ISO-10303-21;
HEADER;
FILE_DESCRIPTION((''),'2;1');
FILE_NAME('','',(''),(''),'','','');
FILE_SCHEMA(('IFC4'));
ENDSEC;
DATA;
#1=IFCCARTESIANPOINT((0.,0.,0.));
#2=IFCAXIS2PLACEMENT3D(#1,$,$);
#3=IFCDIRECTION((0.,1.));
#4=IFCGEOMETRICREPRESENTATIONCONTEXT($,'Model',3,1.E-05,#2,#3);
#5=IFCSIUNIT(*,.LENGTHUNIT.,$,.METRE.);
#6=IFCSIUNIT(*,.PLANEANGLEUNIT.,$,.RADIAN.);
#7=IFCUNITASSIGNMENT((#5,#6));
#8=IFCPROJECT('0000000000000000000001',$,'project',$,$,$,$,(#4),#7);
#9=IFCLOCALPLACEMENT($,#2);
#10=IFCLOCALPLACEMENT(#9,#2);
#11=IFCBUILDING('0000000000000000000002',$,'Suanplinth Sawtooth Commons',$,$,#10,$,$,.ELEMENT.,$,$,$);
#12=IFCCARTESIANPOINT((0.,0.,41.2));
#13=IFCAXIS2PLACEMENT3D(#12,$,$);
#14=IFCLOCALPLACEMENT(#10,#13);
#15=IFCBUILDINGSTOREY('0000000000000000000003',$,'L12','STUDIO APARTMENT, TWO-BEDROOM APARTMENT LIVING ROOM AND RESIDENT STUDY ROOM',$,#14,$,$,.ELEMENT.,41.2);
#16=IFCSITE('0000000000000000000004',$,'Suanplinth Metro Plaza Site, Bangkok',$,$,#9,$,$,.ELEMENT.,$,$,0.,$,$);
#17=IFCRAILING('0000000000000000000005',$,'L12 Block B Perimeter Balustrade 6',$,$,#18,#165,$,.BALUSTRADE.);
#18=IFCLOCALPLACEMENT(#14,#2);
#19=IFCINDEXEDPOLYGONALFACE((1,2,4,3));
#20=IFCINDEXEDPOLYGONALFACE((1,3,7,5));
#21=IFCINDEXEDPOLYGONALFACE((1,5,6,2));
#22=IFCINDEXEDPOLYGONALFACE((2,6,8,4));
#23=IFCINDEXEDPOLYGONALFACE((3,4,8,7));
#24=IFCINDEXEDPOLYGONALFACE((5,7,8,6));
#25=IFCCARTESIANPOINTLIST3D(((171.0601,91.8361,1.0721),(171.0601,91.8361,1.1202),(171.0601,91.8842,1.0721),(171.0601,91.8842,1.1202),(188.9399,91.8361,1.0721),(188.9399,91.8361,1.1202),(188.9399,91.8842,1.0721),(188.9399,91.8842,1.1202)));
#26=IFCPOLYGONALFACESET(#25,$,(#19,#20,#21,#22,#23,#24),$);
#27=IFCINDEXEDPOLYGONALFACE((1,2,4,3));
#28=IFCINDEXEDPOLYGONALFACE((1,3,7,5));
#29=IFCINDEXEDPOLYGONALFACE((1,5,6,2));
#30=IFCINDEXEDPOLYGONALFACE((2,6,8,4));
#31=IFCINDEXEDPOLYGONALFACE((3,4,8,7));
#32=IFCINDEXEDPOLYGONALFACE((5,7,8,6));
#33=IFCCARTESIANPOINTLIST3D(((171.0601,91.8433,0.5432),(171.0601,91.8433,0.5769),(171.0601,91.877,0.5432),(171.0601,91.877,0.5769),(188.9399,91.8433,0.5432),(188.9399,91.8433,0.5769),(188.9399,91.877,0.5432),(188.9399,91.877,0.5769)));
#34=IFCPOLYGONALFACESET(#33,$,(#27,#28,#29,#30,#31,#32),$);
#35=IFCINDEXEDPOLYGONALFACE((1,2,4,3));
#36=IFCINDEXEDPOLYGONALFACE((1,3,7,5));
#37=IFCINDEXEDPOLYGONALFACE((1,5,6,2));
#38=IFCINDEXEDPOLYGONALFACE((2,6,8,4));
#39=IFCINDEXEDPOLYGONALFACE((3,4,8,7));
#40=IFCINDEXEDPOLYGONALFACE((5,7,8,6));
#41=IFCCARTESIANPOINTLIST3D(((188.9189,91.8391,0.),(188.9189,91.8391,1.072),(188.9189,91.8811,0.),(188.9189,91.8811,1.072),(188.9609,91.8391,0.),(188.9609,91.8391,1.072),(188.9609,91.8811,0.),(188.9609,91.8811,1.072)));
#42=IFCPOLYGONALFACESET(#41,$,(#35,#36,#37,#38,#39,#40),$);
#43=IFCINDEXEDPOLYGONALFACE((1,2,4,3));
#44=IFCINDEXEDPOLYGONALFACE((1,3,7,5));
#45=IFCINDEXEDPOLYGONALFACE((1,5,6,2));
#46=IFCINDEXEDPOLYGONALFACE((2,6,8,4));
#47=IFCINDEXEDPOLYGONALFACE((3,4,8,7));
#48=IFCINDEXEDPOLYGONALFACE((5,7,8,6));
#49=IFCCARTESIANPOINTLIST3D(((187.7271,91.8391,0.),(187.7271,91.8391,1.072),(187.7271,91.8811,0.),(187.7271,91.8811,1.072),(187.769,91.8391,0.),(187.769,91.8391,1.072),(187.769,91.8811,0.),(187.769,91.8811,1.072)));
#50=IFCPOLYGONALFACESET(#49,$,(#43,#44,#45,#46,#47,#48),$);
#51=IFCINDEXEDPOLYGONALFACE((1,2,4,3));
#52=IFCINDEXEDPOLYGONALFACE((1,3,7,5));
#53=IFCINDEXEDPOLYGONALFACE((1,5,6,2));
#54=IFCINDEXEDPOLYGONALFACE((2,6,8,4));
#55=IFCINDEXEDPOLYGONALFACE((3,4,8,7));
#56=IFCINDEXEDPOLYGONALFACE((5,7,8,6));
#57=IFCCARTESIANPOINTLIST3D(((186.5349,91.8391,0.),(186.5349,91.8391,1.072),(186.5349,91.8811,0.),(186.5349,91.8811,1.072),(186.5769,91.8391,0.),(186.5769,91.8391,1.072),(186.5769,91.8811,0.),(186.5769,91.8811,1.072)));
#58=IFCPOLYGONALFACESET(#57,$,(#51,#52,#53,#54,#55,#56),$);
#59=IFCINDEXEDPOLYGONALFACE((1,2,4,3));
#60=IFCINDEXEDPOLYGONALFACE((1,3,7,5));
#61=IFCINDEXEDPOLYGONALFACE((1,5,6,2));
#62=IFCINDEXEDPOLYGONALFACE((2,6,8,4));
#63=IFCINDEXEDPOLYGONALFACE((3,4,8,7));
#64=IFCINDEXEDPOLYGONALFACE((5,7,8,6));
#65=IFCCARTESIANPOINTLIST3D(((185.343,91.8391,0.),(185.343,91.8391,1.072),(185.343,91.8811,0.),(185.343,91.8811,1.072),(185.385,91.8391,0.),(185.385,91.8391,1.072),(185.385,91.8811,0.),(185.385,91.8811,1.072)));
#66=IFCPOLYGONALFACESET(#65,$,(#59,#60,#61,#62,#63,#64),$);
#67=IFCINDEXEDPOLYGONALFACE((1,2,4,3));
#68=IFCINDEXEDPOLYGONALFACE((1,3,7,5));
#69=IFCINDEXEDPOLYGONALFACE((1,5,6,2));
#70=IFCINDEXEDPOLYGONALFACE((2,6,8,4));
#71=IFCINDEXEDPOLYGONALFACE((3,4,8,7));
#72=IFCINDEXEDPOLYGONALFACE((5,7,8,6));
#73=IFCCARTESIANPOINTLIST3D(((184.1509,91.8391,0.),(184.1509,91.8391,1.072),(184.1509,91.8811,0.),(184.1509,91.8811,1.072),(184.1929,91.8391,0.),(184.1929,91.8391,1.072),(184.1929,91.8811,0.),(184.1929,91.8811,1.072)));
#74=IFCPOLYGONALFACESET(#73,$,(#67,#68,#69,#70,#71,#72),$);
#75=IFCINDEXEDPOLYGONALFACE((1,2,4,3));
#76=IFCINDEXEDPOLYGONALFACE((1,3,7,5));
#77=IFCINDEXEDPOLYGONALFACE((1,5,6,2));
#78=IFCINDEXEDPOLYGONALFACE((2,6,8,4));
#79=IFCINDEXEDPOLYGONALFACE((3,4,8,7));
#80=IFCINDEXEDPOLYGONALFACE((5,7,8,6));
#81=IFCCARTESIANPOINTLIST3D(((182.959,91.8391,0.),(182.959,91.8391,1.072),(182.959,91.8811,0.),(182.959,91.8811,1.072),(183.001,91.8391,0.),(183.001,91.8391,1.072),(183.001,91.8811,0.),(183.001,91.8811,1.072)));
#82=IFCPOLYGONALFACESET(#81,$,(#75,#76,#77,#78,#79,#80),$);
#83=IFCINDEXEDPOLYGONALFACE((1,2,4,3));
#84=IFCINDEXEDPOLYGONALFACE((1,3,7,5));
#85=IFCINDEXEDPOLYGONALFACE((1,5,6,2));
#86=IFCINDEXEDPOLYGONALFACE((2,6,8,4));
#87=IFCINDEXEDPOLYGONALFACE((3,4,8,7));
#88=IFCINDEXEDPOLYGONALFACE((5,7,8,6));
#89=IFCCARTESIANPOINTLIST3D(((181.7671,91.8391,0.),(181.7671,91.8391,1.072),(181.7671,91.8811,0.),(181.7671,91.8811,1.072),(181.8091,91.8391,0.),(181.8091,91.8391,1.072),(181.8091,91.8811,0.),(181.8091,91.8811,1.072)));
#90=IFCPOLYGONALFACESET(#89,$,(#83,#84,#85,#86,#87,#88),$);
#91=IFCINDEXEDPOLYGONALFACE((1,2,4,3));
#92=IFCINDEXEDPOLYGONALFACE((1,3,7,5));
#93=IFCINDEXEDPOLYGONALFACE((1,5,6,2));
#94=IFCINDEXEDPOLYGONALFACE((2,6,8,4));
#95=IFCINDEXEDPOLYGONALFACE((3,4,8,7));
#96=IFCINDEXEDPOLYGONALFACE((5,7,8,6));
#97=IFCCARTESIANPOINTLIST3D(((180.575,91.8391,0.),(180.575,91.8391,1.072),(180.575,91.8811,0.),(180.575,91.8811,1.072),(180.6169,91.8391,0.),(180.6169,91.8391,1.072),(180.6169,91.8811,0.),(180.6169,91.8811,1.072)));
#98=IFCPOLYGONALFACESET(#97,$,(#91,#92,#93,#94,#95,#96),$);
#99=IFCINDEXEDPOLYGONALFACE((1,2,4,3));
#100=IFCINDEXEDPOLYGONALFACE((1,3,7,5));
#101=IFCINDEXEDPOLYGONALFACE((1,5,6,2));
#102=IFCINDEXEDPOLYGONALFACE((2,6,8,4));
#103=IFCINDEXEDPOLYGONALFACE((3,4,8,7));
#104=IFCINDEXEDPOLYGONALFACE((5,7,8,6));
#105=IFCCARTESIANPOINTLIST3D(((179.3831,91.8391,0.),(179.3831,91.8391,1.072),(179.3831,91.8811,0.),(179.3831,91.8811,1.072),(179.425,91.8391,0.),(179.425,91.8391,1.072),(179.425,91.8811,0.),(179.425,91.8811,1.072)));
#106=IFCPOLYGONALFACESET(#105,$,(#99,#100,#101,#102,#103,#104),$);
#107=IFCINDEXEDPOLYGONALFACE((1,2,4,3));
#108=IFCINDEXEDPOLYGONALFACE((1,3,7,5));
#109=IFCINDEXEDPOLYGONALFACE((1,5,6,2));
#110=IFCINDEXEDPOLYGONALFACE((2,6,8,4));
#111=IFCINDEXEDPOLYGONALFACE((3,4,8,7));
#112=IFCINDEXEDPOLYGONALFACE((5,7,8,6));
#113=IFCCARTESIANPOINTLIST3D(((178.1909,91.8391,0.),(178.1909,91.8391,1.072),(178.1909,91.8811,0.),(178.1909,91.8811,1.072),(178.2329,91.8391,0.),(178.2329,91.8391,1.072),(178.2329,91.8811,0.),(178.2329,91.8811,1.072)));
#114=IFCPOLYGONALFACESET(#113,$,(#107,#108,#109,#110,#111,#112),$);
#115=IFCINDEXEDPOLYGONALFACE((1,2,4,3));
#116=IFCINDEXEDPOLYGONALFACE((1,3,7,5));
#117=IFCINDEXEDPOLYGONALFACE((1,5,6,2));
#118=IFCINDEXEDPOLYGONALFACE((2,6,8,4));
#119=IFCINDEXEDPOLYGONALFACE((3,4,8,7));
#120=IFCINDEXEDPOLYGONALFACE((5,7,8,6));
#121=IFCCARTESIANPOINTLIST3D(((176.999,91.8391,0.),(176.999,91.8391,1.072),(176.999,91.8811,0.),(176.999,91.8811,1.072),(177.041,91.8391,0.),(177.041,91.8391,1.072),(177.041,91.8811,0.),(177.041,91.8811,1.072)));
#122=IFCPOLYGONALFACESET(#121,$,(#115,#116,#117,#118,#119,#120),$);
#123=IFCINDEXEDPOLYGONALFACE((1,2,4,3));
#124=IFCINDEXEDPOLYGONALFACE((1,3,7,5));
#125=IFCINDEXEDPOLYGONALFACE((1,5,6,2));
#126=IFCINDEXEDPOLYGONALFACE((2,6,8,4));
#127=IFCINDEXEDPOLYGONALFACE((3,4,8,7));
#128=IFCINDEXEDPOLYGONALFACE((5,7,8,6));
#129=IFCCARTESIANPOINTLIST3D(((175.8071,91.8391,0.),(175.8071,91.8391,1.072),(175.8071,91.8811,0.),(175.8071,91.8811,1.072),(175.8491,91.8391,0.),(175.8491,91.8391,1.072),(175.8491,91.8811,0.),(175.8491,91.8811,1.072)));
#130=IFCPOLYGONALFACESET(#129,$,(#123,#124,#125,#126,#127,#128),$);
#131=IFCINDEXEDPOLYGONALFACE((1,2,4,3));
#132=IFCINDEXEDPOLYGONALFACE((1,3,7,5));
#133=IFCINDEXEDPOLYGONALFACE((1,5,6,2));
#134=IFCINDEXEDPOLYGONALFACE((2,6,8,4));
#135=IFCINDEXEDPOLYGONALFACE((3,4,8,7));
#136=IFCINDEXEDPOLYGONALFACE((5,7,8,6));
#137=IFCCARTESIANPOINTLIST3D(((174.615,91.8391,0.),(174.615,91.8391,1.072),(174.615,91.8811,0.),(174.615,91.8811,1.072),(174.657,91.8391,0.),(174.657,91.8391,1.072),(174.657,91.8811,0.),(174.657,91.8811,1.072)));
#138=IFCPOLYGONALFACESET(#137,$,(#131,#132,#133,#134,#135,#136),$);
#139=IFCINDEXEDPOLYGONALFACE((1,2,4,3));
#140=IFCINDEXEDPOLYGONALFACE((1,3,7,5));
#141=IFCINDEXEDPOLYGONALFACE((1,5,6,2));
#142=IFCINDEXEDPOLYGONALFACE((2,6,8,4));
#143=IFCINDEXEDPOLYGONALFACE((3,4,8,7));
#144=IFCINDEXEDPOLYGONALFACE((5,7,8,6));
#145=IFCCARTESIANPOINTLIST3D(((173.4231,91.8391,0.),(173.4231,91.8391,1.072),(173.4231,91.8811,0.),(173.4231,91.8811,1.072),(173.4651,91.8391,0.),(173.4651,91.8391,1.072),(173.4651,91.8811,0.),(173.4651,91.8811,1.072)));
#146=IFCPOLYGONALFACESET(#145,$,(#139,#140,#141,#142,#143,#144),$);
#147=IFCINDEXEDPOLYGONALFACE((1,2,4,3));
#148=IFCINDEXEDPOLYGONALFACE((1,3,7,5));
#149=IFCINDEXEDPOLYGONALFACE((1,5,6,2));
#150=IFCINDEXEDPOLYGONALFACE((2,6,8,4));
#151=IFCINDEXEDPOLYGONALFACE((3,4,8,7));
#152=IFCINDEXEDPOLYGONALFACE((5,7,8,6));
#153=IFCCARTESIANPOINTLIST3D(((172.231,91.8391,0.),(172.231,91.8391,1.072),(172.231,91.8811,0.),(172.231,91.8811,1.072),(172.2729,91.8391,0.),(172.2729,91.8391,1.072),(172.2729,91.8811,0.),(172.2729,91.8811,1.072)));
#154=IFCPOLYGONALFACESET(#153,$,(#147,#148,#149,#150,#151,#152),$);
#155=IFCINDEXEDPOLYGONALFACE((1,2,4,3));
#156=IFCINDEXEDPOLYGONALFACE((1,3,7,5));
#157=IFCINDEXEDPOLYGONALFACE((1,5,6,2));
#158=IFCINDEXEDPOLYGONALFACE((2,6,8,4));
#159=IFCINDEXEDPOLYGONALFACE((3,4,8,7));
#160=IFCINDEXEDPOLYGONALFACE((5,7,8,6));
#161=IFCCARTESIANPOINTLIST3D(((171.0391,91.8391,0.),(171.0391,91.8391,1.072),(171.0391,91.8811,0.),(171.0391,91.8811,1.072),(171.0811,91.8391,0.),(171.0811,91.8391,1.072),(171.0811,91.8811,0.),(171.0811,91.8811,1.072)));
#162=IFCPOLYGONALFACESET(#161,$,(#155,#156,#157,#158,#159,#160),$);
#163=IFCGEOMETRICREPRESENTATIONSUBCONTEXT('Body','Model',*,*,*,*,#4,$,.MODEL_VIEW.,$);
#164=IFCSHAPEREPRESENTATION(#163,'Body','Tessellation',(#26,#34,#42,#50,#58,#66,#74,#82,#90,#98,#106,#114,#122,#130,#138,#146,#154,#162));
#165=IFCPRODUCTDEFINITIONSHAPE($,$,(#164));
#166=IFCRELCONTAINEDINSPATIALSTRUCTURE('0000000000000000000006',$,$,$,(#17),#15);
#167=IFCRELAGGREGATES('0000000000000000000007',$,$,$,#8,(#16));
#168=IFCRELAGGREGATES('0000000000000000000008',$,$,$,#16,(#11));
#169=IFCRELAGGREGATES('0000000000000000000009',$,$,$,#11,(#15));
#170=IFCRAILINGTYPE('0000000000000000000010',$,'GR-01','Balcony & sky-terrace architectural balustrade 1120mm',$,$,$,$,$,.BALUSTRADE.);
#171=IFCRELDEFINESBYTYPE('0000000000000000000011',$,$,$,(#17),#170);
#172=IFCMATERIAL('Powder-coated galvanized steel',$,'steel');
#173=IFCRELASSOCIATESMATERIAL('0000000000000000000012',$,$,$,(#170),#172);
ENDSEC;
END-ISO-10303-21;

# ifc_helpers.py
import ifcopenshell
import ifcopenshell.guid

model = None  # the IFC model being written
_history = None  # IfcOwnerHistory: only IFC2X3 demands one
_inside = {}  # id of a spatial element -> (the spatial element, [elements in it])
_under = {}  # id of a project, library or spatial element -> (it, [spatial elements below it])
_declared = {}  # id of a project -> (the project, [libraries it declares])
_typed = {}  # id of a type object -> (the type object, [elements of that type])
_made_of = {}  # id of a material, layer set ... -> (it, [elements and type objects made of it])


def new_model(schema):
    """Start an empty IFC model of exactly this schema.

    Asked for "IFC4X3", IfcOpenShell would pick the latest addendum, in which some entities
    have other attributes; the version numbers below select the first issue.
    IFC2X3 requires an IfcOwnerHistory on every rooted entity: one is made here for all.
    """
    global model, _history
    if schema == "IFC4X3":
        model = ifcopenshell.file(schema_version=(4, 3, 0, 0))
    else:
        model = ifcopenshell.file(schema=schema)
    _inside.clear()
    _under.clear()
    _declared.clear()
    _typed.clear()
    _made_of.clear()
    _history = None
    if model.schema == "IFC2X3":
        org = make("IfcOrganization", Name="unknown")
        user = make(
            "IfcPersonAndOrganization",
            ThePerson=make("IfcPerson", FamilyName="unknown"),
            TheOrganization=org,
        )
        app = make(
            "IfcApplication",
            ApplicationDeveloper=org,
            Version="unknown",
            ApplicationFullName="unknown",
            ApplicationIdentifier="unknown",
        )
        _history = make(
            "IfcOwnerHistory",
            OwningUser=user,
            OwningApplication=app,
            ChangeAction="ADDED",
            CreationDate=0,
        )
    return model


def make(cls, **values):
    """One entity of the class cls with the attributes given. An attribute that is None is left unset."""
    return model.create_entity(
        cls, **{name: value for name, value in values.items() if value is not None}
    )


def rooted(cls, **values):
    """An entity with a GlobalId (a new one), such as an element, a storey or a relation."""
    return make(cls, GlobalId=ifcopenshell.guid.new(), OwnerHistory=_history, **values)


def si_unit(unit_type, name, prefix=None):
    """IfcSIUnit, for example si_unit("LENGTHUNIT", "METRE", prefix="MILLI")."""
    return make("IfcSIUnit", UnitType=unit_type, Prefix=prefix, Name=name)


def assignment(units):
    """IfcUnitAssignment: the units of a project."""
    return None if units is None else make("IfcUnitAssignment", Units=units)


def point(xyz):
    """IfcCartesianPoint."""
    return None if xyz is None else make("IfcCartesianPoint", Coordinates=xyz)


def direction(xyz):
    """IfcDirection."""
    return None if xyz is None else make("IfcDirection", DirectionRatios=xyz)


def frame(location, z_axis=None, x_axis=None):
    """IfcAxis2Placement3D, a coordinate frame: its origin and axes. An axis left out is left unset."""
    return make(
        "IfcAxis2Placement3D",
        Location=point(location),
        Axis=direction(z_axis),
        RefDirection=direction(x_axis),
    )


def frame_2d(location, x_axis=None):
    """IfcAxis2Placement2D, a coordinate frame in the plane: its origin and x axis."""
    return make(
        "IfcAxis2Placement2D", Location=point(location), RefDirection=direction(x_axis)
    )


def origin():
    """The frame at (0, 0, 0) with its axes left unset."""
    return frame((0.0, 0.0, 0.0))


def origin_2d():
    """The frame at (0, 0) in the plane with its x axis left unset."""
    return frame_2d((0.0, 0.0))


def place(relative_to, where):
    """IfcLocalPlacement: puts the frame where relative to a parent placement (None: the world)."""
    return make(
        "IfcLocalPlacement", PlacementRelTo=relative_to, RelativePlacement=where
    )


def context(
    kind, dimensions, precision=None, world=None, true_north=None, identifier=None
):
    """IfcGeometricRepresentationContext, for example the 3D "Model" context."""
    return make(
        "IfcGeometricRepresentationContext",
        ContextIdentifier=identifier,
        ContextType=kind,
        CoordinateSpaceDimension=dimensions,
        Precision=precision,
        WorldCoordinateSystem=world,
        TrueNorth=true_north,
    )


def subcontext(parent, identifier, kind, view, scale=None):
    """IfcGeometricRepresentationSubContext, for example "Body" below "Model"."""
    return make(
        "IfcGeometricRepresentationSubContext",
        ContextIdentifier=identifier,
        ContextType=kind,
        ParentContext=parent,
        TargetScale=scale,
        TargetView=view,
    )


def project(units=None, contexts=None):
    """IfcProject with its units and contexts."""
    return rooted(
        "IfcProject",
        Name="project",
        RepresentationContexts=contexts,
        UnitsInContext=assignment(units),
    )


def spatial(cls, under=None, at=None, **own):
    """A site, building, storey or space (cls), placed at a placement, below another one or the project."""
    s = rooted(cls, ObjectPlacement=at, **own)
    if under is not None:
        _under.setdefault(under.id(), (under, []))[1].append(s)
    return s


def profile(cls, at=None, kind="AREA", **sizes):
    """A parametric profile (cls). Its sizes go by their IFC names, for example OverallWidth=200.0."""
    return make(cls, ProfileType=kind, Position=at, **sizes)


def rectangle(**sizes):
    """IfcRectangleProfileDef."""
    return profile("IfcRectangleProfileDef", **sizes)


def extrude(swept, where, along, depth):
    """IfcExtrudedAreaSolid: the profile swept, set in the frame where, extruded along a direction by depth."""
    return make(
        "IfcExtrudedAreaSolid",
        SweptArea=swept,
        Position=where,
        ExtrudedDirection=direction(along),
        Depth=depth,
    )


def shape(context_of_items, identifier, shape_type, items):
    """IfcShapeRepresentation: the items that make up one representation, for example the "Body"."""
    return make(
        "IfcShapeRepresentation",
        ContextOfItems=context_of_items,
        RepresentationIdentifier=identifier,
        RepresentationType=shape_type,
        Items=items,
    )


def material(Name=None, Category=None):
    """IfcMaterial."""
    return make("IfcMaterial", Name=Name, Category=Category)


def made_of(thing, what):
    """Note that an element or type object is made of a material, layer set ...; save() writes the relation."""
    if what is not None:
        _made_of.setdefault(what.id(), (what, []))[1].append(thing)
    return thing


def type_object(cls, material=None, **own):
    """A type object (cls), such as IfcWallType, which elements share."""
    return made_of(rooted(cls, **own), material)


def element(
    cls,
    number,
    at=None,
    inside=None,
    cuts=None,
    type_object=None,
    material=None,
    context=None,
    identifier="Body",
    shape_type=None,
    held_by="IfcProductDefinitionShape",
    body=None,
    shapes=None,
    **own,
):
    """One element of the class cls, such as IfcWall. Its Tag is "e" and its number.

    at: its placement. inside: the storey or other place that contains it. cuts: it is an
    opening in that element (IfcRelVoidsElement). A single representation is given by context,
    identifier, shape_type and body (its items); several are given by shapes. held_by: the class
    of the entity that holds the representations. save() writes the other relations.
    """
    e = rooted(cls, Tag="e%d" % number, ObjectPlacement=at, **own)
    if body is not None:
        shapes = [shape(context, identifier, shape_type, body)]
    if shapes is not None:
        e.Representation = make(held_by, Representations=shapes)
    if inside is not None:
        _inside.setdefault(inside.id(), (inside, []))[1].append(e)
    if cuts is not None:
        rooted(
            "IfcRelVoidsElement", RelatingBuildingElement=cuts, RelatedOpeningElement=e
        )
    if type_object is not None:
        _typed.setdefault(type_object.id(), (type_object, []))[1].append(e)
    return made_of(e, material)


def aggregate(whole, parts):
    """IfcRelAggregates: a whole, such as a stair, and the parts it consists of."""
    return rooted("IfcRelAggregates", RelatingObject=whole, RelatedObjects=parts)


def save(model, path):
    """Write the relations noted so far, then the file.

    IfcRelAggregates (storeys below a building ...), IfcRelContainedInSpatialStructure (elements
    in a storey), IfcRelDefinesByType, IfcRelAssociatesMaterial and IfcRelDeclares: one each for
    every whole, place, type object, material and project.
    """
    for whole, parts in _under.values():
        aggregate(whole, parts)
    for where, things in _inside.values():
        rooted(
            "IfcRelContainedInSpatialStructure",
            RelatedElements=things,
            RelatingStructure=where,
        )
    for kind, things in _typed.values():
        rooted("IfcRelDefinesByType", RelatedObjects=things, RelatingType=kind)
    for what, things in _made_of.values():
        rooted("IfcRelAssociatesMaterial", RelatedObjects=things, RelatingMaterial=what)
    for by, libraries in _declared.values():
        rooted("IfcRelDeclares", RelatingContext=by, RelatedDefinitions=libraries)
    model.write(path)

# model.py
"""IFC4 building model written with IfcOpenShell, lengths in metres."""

from ifc_helpers import new_model, si_unit, direction, frame, origin, origin_2d, place, context, subcontext, project, spatial, rectangle, extrude, material, type_object, element, save


model = new_model("IFC4")

# Units and contexts
model_context = context("Model", 3, precision=1e-05, world=origin(), true_north=direction((0.0, 1.0)))
body_context = subcontext(model_context, "Body", "Model", "MODEL_VIEW")
ifc_project = project(units=[si_unit("LENGTHUNIT", "METRE"), si_unit("PLANEANGLEUNIT", "RADIAN")], contexts=[model_context])

# Site, building, storey
site_placement = place(None, origin())
site = spatial("IfcSite", under=ifc_project, at=site_placement, Name="Suanplinth Metro Plaza Site, Bangkok", CompositionType="ELEMENT", RefElevation=0.0)
building_placement = place(site_placement, origin())
building = spatial("IfcBuilding", under=site, at=building_placement, Name="Suanplinth Sawtooth Commons", CompositionType="ELEMENT")
storey_placement = place(building_placement, frame((0.0, 0.0, 41.2)))
storey = spatial("IfcBuildingStorey", under=building, at=storey_placement, Name="L12", Description="STUDIO APARTMENT, TWO-BEDROOM APARTMENT LIVING ROOM AND RESIDENT STUDY ROOM", CompositionType="ELEMENT", Elevation=41.2)

# Railing
ifc_material_1 = material(Name="Powder-coated galvanized steel", Category="steel")
railing_type = type_object("IfcRailingType", Name="GR-01", Description="Balcony & sky-terrace architectural balustrade 1120mm", PredefinedType="BALUSTRADE", material=ifc_material_1)
railing_placement = place(storey_placement, frame((188.9399, 91.8601, 0.0)))
element("IfcRailing", 1, at=railing_placement, inside=storey, type_object=railing_type, Name="L12 Block B Perimeter Balustrade 6", PredefinedType="BALUSTRADE", context=body_context, shape_type="SweptSolid", body=[
    extrude(rectangle(XDim=0.0481, YDim=0.0481, at=origin_2d()), frame((0.0, 0.0, 1.0962), z_axis=(-1.0, 0.0, 0.0), x_axis=(0.0, -1.0, 0.0)), (0.0, 0.0, 1.0), 17.8799),
    extrude(rectangle(XDim=0.0337, YDim=0.0337, at=origin_2d()), frame((0.0, 0.0, 0.5601), z_axis=(-1.0, 0.0, 0.0), x_axis=(0.0, -1.0, 0.0)), (0.0, 0.0, 1.0), 17.8799),
    extrude(rectangle(XDim=0.042, YDim=0.042, at=origin_2d()), origin(), (0.0, 0.0, 1.0), 1.072),
    extrude(rectangle(XDim=0.042, YDim=0.042, at=origin_2d()), frame((-1.1919, 0.0, 0.0)), (0.0, 0.0, 1.0), 1.072),
    extrude(rectangle(XDim=0.042, YDim=0.042, at=origin_2d()), frame((-2.384, 0.0, 0.0)), (0.0, 0.0, 1.0), 1.072),
    extrude(rectangle(XDim=0.042, YDim=0.042, at=origin_2d()), frame((-3.5759, 0.0, 0.0)), (0.0, 0.0, 1.0), 1.072),
    extrude(rectangle(XDim=0.042, YDim=0.042, at=origin_2d()), frame((-4.7681, 0.0, 0.0)), (0.0, 0.0, 1.0), 1.072),
    extrude(rectangle(XDim=0.042, YDim=0.042, at=origin_2d()), frame((-5.96, 0.0, 0.0)), (0.0, 0.0, 1.0), 1.072),
    extrude(rectangle(XDim=0.042, YDim=0.042, at=origin_2d()), frame((-7.1519, 0.0, 0.0)), (0.0, 0.0, 1.0), 1.072),
    extrude(rectangle(XDim=0.042, YDim=0.042, at=origin_2d()), frame((-8.344, 0.0, 0.0)), (0.0, 0.0, 1.0), 1.072),
    extrude(rectangle(XDim=0.042, YDim=0.042, at=origin_2d()), frame((-9.5359, 0.0, 0.0)), (0.0, 0.0, 1.0), 1.072),
    extrude(rectangle(XDim=0.042, YDim=0.042, at=origin_2d()), frame((-10.728, 0.0, 0.0)), (0.0, 0.0, 1.0), 1.072),
    extrude(rectangle(XDim=0.042, YDim=0.042, at=origin_2d()), frame((-11.9199, 0.0, 0.0)), (0.0, 0.0, 1.0), 1.072),
    extrude(rectangle(XDim=0.042, YDim=0.042, at=origin_2d()), frame((-13.1118, 0.0, 0.0)), (0.0, 0.0, 1.0), 1.072),
    extrude(rectangle(XDim=0.042, YDim=0.042, at=origin_2d()), frame((-14.304, 0.0, 0.0)), (0.0, 0.0, 1.0), 1.072),
    extrude(rectangle(XDim=0.042, YDim=0.042, at=origin_2d()), frame((-15.4958, 0.0, 0.0)), (0.0, 0.0, 1.0), 1.072),
    extrude(rectangle(XDim=0.042, YDim=0.042, at=origin_2d()), frame((-16.688, 0.0, 0.0)), (0.0, 0.0, 1.0), 1.072),
    extrude(rectangle(XDim=0.042, YDim=0.042, at=origin_2d()), frame((-17.8799, 0.0, 0.0)), (0.0, 0.0, 1.0), 1.072),
])

save(model, "model.ifc")
